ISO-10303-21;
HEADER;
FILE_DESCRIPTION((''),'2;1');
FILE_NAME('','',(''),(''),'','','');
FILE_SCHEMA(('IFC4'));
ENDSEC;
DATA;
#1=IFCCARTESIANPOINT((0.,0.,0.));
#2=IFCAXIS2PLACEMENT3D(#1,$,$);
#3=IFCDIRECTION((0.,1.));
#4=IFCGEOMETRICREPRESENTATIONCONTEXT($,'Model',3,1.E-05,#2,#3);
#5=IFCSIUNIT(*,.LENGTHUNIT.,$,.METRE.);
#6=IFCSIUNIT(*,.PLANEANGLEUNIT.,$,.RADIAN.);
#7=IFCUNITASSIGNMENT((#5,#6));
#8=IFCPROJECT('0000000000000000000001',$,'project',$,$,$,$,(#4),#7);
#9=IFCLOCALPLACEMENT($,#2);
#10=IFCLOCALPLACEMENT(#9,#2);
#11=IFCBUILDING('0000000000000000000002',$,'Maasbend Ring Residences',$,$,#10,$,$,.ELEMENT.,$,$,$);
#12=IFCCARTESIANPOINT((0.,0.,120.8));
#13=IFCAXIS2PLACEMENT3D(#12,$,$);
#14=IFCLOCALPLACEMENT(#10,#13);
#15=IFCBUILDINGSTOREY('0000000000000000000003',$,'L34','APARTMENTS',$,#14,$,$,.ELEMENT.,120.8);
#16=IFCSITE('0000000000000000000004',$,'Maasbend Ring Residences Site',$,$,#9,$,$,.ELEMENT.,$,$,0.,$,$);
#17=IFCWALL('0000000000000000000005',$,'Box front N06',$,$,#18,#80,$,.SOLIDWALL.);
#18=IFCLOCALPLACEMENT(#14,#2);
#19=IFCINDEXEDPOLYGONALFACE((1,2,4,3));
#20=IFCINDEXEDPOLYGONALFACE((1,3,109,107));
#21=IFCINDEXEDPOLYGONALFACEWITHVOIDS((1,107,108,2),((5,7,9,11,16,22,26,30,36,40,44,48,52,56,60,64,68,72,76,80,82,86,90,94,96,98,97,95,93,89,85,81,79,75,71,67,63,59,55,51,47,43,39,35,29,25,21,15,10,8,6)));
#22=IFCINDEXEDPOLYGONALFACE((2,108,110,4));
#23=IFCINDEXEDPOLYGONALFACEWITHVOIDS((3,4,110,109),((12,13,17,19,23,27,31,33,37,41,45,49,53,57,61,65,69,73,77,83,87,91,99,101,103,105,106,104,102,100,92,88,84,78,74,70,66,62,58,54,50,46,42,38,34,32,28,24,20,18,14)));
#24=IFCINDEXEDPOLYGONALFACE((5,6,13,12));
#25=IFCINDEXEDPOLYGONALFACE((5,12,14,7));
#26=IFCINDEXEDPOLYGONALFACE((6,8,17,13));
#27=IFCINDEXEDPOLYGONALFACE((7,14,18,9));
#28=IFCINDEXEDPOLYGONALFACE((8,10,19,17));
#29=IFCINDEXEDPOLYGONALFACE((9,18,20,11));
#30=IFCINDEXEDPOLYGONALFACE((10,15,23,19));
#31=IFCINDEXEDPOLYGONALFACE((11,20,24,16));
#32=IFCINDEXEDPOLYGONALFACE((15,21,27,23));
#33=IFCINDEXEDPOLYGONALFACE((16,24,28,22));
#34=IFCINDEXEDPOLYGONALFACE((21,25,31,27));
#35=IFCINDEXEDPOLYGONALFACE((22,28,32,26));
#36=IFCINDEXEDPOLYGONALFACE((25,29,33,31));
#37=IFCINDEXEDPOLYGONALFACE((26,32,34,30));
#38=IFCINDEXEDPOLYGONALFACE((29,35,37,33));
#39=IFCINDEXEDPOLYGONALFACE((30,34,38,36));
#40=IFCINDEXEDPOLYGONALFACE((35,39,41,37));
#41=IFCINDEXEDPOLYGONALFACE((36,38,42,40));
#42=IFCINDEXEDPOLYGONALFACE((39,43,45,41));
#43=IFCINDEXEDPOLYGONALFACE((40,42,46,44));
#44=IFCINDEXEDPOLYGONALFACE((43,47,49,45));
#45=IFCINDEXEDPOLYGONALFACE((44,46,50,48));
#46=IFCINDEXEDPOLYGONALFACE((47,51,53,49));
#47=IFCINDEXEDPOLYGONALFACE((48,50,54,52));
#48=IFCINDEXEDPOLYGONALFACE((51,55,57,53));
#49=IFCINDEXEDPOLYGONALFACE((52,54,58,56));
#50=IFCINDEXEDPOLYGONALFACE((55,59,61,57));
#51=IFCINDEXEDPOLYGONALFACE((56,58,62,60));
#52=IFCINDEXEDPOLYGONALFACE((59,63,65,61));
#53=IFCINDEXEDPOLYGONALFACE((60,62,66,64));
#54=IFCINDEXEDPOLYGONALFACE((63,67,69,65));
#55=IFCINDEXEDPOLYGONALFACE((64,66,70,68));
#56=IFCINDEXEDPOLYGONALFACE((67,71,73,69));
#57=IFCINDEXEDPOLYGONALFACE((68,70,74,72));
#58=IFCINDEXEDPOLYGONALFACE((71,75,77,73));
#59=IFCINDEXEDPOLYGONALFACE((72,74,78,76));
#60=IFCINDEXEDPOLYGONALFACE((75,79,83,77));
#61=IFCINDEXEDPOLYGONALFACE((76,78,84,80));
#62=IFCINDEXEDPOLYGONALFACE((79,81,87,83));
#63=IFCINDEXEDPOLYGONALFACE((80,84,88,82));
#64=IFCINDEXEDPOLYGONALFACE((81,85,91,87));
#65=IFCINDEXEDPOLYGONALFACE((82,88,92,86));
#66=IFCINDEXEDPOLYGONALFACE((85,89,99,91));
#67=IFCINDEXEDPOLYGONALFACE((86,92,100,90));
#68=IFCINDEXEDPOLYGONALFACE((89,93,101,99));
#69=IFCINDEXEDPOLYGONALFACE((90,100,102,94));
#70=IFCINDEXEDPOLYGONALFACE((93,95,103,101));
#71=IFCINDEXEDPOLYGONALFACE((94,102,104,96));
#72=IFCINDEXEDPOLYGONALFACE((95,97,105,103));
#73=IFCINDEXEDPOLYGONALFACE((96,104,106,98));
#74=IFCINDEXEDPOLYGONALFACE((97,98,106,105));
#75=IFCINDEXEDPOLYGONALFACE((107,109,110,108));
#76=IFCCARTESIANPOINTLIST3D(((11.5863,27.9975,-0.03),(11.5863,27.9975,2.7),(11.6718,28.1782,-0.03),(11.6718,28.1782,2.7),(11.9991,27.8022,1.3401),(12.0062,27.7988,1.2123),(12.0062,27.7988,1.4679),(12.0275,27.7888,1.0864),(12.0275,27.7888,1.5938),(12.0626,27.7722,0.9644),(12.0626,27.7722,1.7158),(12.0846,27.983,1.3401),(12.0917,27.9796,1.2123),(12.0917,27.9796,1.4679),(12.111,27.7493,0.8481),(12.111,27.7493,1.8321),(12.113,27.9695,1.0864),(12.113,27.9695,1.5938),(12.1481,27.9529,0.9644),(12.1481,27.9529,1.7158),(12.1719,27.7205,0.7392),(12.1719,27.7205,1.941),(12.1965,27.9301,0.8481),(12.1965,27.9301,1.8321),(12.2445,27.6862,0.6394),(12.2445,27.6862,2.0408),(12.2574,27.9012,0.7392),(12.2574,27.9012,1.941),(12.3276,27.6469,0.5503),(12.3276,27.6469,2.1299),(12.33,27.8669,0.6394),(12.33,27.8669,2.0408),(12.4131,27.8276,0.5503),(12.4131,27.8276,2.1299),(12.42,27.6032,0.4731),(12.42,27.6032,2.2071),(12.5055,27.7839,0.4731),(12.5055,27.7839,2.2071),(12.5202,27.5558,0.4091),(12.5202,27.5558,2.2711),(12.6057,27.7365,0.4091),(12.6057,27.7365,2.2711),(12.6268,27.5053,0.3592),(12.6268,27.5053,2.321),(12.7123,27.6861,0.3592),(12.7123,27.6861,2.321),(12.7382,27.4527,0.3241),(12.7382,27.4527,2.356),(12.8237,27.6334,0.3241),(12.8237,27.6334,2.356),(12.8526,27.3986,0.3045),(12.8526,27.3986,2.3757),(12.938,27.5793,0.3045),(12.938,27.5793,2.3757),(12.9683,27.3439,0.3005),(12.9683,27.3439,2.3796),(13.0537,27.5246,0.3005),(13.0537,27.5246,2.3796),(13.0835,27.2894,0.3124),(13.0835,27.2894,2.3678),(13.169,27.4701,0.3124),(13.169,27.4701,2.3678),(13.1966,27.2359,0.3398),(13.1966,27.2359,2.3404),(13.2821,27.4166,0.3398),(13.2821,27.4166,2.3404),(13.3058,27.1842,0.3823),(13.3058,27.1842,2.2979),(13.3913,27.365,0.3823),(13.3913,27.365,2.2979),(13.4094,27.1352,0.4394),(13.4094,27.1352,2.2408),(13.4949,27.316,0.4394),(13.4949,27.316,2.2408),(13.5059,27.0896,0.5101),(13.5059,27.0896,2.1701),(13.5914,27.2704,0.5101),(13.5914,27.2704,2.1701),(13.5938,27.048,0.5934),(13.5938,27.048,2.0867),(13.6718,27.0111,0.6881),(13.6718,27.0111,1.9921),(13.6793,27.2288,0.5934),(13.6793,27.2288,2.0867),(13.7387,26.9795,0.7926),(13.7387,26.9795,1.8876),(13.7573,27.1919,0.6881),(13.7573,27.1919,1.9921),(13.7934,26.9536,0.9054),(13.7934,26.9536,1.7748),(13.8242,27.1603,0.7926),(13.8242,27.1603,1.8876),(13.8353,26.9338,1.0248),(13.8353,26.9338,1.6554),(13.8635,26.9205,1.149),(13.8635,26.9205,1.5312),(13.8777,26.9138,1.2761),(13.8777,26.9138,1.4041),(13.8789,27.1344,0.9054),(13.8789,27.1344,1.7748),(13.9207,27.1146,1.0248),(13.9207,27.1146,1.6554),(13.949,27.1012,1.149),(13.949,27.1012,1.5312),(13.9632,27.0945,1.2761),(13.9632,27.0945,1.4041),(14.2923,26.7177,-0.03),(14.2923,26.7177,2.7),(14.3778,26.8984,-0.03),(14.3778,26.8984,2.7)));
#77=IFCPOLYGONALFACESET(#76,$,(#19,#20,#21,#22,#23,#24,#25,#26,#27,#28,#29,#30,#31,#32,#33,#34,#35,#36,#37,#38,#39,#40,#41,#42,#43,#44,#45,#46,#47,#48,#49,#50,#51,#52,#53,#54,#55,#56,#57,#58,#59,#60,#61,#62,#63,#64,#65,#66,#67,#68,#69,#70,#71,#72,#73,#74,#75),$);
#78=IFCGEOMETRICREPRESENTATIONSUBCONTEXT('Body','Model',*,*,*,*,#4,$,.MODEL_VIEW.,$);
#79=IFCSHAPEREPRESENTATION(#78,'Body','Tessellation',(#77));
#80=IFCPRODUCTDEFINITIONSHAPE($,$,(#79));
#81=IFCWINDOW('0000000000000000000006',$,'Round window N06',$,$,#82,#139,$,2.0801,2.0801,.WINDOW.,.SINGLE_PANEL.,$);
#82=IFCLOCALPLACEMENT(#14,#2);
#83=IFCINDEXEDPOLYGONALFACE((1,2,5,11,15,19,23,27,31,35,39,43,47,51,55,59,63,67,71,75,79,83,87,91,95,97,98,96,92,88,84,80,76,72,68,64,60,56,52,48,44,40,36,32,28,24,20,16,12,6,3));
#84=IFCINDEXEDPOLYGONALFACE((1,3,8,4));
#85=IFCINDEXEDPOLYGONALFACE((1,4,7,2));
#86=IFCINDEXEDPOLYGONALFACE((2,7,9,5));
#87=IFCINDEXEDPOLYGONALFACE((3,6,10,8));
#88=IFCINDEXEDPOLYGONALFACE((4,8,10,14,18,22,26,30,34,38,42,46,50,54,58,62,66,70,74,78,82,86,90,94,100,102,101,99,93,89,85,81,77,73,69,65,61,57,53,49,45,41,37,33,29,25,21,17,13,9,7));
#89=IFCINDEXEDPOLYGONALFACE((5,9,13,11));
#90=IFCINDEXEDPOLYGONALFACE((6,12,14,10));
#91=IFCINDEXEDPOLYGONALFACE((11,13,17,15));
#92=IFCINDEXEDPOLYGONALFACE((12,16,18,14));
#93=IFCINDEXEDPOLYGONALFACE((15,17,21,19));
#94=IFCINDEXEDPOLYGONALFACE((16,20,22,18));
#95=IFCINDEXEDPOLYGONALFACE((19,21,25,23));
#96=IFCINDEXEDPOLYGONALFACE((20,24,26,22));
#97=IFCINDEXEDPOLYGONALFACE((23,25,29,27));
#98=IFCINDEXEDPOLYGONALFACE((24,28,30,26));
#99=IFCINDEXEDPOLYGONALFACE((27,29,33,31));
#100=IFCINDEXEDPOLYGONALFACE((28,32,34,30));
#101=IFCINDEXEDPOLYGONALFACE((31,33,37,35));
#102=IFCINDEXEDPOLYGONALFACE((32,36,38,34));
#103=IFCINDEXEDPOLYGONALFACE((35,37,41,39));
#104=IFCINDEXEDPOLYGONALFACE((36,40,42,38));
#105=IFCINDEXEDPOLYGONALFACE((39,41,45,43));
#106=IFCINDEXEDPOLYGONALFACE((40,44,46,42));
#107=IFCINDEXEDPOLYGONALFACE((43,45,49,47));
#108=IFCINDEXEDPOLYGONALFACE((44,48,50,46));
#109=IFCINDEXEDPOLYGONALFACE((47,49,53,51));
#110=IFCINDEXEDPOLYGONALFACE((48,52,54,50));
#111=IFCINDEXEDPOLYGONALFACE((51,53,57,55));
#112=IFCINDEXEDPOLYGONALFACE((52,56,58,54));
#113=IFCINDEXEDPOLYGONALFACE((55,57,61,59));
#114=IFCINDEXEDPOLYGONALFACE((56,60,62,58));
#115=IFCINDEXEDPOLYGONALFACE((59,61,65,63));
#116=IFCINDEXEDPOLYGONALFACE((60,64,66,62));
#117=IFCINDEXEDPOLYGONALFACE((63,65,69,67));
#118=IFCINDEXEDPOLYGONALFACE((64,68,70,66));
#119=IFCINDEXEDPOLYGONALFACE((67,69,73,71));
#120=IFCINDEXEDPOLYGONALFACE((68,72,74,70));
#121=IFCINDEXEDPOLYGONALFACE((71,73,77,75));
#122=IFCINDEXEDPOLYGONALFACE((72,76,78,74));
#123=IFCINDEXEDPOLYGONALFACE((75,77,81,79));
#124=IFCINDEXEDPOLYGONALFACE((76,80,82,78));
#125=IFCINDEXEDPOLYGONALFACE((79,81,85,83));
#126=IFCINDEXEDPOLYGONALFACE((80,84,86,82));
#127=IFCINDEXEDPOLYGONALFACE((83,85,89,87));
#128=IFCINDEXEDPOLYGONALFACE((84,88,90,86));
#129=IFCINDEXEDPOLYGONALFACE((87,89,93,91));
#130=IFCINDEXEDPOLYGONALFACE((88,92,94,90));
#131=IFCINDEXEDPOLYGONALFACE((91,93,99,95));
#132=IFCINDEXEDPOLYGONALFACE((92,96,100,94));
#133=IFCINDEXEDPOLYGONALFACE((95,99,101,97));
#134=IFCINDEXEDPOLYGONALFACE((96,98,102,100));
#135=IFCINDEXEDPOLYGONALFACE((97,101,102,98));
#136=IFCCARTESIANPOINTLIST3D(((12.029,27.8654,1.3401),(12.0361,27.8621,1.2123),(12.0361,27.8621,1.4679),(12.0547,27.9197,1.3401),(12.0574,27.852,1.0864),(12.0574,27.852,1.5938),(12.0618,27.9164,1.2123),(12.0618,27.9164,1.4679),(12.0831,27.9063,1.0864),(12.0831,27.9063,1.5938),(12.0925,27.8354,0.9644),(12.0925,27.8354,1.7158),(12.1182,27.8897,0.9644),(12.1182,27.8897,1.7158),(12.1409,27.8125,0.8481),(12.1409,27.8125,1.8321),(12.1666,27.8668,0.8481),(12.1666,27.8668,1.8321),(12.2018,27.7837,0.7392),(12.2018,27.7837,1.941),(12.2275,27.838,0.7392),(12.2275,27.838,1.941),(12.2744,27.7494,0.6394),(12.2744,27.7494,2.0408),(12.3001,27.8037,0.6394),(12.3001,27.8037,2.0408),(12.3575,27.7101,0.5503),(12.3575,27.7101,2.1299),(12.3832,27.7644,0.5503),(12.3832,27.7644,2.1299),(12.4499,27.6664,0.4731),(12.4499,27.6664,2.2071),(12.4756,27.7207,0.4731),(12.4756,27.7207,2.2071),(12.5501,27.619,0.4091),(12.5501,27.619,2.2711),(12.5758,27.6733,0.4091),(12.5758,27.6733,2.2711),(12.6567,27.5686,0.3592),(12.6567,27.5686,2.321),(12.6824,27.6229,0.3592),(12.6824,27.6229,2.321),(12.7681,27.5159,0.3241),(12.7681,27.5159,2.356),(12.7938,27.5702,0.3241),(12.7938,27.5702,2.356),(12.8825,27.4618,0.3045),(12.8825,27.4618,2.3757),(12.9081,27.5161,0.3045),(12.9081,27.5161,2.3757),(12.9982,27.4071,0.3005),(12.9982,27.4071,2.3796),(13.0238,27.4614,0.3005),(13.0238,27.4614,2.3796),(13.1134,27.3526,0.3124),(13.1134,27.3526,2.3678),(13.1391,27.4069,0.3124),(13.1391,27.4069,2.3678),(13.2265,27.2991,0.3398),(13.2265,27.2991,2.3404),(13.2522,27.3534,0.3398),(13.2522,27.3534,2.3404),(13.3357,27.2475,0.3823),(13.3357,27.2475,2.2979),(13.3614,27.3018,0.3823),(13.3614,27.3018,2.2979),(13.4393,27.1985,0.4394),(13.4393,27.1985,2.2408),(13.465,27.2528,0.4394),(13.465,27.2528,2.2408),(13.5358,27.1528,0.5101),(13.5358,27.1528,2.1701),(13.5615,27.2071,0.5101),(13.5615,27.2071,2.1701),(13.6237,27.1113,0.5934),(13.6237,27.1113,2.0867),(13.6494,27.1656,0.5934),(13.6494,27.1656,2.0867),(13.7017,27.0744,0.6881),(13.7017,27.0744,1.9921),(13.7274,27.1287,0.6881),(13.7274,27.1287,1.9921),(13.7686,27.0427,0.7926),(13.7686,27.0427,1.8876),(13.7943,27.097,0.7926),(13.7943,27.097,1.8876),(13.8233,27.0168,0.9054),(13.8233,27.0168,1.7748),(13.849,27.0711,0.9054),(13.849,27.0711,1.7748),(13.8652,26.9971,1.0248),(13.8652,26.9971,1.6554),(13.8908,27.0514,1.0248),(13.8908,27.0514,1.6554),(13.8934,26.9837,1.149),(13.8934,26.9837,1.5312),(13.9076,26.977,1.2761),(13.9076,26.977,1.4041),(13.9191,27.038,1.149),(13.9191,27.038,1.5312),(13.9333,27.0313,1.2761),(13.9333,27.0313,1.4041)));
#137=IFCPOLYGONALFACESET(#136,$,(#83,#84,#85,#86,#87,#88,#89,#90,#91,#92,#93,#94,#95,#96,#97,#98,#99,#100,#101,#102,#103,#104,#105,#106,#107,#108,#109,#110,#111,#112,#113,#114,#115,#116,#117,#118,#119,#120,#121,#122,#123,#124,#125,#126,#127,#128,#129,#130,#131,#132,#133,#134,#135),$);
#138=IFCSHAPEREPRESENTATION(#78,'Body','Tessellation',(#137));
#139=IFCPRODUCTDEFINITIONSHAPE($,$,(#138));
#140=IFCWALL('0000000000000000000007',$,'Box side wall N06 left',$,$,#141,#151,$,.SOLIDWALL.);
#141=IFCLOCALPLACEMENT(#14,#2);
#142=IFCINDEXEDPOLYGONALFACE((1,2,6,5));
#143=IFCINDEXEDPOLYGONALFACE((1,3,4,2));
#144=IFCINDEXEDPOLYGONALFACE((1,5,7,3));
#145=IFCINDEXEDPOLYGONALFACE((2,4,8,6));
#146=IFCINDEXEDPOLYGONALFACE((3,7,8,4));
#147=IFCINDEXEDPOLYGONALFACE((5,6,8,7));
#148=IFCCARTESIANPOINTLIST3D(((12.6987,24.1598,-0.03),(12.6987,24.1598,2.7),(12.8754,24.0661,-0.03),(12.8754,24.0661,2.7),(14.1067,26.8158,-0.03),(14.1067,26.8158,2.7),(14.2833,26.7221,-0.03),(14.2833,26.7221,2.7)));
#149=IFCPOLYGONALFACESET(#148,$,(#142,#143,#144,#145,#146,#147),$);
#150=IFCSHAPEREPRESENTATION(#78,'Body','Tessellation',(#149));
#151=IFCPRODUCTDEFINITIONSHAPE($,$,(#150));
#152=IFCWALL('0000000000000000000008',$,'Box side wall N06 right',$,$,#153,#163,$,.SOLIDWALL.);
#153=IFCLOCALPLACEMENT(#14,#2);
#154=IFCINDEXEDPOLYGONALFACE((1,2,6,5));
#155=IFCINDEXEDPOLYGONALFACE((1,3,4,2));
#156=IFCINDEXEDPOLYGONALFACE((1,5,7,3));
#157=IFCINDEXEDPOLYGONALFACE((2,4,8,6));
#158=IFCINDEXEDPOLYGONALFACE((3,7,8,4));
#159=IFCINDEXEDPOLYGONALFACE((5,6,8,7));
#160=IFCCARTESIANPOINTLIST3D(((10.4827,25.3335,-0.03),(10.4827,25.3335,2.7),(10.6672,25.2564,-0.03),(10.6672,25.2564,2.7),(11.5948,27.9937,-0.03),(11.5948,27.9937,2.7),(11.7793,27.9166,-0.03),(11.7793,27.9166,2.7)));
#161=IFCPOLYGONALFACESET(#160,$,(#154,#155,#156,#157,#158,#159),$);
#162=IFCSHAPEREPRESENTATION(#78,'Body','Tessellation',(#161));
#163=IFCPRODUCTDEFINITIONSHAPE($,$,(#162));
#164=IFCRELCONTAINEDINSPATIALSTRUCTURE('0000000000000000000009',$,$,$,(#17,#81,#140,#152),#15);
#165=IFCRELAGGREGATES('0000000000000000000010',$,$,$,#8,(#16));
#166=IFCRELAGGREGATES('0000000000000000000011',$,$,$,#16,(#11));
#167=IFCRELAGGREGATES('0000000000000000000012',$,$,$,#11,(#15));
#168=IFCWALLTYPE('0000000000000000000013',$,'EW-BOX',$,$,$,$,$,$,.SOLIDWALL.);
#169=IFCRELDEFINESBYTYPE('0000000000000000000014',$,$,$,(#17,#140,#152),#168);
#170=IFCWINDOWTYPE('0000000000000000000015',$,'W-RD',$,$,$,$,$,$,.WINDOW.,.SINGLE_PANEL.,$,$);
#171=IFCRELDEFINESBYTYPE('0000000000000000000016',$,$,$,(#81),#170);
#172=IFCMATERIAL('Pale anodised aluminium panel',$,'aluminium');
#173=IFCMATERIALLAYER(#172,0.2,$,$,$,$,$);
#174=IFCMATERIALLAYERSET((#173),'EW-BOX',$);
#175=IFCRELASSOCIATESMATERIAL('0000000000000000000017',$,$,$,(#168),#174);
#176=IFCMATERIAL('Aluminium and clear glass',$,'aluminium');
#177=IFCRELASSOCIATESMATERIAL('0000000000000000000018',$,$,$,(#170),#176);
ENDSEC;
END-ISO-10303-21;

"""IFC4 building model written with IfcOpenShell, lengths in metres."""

from ifc_helpers import new_model, si_unit, direction, frame, frame_2d, origin, place, context, subcontext, project, spatial, rectangle, circle, extrude, material, layer, layer_set, type_object, element, fill, save


model = new_model("IFC4")

# Units and contexts
model_context = context("Model", 3, precision=1e-05, world=origin(), true_north=direction((0.0, 1.0)))
body_context = subcontext(model_context, "Body", "Model", "MODEL_VIEW")
ifc_project = project(units=[si_unit("LENGTHUNIT", "METRE"), si_unit("PLANEANGLEUNIT", "RADIAN")], contexts=[model_context])

# Site, building, storey
site_placement = place(None, origin())
site = spatial("IfcSite", under=ifc_project, at=site_placement, Name="Maasbend Ring Residences Site", CompositionType="ELEMENT", RefElevation=0.0)
building_placement = place(site_placement, origin())
building = spatial("IfcBuilding", under=site, at=building_placement, Name="Maasbend Ring Residences", CompositionType="ELEMENT")
storey_placement = place(building_placement, frame((0.0, 0.0, 120.8)))
storey = spatial("IfcBuildingStorey", under=building, at=storey_placement, Name="L34", Description="APARTMENTS", CompositionType="ELEMENT", Elevation=120.8)

# Wall, opening, window
ifc_material_1 = material(Name="Pale anodised aluminium panel", Category="aluminium")
ifc_layer_1 = layer(ifc_material_1, 0.2)
ifc_layer_set_1 = layer_set([ifc_layer_1], Name="EW-BOX")
wall_type_1 = type_object("IfcWallType", Name="EW-BOX", PredefinedType="SOLIDWALL", material=ifc_layer_set_1)
wall_1_placement = place(storey_placement, frame((14.335, 26.8081, -0.03), z_axis=(0.0, 0.0, 1.0), x_axis=(-0.904, 0.427532, 0.0)))
wall_1 = element("IfcWall", 1, at=wall_1_placement, inside=storey, type_object=wall_type_1, Name="Box front N06", PredefinedType="SOLIDWALL", context=body_context, shape_type="SweptSolid", body=[
    extrude(rectangle(XDim=2.9934, YDim=0.2, at=frame_2d((1.4966, 0.0))), origin(), (0.0, 0.0, 1.0), 2.73),
])
opening_1_placement = place(wall_1_placement, frame((0.4565, 0.0, 0.3301)))
opening_1 = element("IfcOpeningElement", 2, at=opening_1_placement, cuts=wall_1, PredefinedType="OPENING", context=body_context, shape_type="SweptSolid", body=[
    extrude(circle(Radius=1.04, at=frame_2d((1.04, 1.04))), frame((0.0, 0.1099, 0.0), z_axis=(0.0, -1.0, 0.0), x_axis=(1.0, 0.0, 0.0)), (0.0, 0.0, 1.0), 0.22),
])
ifc_material_2 = material(Name="Aluminium and clear glass", Category="aluminium")
window_type_1 = type_object("IfcWindowType", Name="W-RD", PartitioningType="SINGLE_PANEL", PredefinedType="WINDOW", material=ifc_material_2)
window_1_placement = place(opening_1_placement, origin())
window_1 = element("IfcWindow", 3, at=window_1_placement, inside=storey, type_object=window_type_1, Name="Round window N06", OverallHeight=2.0801, OverallWidth=2.0801, PartitioningType="SINGLE_PANEL", PredefinedType="WINDOW", context=body_context, shape_type="SweptSolid", body=[
    extrude(circle(Radius=1.04, at=frame_2d((1.04, 1.04))), frame((0.0, 0.03, 0.0), z_axis=(0.0, -1.0, 0.0), x_axis=(1.0, 0.0, 0.0)), (0.0, 0.0, 1.0), 0.0601),
])
fill(opening_1, window_1)

# Walls
wall_2_placement = place(storey_placement, frame((12.7871, 24.113, -0.03), z_axis=(0.0, 0.0, 1.0), x_axis=(0.468365, 0.883535, 0.0)))
element("IfcWall", 4, at=wall_2_placement, inside=storey, type_object=wall_type_1, Name="Box side wall N06 left", PredefinedType="SOLIDWALL", context=body_context, shape_type="SweptSolid", body=[
    extrude(rectangle(XDim=3.0061, YDim=0.2, at=frame_2d((1.5029, 0.0))), origin(), (0.0, 0.0, 1.0), 2.73),
])
wall_3_placement = place(storey_placement, frame((10.575, 25.2949, -0.03), z_axis=(0.0, 0.0, 1.0), x_axis=(0.385697, 0.922625, 0.0)))
element("IfcWall", 5, at=wall_3_placement, inside=storey, type_object=wall_type_1, Name="Box side wall N06 right", PredefinedType="SOLIDWALL", context=body_context, shape_type="SweptSolid", body=[
    extrude(rectangle(XDim=2.8833, YDim=0.2, at=frame_2d((1.4417, 0.0))), origin(), (0.0, 0.0, 1.0), 2.73),
])

save(model, "model.ifc")
